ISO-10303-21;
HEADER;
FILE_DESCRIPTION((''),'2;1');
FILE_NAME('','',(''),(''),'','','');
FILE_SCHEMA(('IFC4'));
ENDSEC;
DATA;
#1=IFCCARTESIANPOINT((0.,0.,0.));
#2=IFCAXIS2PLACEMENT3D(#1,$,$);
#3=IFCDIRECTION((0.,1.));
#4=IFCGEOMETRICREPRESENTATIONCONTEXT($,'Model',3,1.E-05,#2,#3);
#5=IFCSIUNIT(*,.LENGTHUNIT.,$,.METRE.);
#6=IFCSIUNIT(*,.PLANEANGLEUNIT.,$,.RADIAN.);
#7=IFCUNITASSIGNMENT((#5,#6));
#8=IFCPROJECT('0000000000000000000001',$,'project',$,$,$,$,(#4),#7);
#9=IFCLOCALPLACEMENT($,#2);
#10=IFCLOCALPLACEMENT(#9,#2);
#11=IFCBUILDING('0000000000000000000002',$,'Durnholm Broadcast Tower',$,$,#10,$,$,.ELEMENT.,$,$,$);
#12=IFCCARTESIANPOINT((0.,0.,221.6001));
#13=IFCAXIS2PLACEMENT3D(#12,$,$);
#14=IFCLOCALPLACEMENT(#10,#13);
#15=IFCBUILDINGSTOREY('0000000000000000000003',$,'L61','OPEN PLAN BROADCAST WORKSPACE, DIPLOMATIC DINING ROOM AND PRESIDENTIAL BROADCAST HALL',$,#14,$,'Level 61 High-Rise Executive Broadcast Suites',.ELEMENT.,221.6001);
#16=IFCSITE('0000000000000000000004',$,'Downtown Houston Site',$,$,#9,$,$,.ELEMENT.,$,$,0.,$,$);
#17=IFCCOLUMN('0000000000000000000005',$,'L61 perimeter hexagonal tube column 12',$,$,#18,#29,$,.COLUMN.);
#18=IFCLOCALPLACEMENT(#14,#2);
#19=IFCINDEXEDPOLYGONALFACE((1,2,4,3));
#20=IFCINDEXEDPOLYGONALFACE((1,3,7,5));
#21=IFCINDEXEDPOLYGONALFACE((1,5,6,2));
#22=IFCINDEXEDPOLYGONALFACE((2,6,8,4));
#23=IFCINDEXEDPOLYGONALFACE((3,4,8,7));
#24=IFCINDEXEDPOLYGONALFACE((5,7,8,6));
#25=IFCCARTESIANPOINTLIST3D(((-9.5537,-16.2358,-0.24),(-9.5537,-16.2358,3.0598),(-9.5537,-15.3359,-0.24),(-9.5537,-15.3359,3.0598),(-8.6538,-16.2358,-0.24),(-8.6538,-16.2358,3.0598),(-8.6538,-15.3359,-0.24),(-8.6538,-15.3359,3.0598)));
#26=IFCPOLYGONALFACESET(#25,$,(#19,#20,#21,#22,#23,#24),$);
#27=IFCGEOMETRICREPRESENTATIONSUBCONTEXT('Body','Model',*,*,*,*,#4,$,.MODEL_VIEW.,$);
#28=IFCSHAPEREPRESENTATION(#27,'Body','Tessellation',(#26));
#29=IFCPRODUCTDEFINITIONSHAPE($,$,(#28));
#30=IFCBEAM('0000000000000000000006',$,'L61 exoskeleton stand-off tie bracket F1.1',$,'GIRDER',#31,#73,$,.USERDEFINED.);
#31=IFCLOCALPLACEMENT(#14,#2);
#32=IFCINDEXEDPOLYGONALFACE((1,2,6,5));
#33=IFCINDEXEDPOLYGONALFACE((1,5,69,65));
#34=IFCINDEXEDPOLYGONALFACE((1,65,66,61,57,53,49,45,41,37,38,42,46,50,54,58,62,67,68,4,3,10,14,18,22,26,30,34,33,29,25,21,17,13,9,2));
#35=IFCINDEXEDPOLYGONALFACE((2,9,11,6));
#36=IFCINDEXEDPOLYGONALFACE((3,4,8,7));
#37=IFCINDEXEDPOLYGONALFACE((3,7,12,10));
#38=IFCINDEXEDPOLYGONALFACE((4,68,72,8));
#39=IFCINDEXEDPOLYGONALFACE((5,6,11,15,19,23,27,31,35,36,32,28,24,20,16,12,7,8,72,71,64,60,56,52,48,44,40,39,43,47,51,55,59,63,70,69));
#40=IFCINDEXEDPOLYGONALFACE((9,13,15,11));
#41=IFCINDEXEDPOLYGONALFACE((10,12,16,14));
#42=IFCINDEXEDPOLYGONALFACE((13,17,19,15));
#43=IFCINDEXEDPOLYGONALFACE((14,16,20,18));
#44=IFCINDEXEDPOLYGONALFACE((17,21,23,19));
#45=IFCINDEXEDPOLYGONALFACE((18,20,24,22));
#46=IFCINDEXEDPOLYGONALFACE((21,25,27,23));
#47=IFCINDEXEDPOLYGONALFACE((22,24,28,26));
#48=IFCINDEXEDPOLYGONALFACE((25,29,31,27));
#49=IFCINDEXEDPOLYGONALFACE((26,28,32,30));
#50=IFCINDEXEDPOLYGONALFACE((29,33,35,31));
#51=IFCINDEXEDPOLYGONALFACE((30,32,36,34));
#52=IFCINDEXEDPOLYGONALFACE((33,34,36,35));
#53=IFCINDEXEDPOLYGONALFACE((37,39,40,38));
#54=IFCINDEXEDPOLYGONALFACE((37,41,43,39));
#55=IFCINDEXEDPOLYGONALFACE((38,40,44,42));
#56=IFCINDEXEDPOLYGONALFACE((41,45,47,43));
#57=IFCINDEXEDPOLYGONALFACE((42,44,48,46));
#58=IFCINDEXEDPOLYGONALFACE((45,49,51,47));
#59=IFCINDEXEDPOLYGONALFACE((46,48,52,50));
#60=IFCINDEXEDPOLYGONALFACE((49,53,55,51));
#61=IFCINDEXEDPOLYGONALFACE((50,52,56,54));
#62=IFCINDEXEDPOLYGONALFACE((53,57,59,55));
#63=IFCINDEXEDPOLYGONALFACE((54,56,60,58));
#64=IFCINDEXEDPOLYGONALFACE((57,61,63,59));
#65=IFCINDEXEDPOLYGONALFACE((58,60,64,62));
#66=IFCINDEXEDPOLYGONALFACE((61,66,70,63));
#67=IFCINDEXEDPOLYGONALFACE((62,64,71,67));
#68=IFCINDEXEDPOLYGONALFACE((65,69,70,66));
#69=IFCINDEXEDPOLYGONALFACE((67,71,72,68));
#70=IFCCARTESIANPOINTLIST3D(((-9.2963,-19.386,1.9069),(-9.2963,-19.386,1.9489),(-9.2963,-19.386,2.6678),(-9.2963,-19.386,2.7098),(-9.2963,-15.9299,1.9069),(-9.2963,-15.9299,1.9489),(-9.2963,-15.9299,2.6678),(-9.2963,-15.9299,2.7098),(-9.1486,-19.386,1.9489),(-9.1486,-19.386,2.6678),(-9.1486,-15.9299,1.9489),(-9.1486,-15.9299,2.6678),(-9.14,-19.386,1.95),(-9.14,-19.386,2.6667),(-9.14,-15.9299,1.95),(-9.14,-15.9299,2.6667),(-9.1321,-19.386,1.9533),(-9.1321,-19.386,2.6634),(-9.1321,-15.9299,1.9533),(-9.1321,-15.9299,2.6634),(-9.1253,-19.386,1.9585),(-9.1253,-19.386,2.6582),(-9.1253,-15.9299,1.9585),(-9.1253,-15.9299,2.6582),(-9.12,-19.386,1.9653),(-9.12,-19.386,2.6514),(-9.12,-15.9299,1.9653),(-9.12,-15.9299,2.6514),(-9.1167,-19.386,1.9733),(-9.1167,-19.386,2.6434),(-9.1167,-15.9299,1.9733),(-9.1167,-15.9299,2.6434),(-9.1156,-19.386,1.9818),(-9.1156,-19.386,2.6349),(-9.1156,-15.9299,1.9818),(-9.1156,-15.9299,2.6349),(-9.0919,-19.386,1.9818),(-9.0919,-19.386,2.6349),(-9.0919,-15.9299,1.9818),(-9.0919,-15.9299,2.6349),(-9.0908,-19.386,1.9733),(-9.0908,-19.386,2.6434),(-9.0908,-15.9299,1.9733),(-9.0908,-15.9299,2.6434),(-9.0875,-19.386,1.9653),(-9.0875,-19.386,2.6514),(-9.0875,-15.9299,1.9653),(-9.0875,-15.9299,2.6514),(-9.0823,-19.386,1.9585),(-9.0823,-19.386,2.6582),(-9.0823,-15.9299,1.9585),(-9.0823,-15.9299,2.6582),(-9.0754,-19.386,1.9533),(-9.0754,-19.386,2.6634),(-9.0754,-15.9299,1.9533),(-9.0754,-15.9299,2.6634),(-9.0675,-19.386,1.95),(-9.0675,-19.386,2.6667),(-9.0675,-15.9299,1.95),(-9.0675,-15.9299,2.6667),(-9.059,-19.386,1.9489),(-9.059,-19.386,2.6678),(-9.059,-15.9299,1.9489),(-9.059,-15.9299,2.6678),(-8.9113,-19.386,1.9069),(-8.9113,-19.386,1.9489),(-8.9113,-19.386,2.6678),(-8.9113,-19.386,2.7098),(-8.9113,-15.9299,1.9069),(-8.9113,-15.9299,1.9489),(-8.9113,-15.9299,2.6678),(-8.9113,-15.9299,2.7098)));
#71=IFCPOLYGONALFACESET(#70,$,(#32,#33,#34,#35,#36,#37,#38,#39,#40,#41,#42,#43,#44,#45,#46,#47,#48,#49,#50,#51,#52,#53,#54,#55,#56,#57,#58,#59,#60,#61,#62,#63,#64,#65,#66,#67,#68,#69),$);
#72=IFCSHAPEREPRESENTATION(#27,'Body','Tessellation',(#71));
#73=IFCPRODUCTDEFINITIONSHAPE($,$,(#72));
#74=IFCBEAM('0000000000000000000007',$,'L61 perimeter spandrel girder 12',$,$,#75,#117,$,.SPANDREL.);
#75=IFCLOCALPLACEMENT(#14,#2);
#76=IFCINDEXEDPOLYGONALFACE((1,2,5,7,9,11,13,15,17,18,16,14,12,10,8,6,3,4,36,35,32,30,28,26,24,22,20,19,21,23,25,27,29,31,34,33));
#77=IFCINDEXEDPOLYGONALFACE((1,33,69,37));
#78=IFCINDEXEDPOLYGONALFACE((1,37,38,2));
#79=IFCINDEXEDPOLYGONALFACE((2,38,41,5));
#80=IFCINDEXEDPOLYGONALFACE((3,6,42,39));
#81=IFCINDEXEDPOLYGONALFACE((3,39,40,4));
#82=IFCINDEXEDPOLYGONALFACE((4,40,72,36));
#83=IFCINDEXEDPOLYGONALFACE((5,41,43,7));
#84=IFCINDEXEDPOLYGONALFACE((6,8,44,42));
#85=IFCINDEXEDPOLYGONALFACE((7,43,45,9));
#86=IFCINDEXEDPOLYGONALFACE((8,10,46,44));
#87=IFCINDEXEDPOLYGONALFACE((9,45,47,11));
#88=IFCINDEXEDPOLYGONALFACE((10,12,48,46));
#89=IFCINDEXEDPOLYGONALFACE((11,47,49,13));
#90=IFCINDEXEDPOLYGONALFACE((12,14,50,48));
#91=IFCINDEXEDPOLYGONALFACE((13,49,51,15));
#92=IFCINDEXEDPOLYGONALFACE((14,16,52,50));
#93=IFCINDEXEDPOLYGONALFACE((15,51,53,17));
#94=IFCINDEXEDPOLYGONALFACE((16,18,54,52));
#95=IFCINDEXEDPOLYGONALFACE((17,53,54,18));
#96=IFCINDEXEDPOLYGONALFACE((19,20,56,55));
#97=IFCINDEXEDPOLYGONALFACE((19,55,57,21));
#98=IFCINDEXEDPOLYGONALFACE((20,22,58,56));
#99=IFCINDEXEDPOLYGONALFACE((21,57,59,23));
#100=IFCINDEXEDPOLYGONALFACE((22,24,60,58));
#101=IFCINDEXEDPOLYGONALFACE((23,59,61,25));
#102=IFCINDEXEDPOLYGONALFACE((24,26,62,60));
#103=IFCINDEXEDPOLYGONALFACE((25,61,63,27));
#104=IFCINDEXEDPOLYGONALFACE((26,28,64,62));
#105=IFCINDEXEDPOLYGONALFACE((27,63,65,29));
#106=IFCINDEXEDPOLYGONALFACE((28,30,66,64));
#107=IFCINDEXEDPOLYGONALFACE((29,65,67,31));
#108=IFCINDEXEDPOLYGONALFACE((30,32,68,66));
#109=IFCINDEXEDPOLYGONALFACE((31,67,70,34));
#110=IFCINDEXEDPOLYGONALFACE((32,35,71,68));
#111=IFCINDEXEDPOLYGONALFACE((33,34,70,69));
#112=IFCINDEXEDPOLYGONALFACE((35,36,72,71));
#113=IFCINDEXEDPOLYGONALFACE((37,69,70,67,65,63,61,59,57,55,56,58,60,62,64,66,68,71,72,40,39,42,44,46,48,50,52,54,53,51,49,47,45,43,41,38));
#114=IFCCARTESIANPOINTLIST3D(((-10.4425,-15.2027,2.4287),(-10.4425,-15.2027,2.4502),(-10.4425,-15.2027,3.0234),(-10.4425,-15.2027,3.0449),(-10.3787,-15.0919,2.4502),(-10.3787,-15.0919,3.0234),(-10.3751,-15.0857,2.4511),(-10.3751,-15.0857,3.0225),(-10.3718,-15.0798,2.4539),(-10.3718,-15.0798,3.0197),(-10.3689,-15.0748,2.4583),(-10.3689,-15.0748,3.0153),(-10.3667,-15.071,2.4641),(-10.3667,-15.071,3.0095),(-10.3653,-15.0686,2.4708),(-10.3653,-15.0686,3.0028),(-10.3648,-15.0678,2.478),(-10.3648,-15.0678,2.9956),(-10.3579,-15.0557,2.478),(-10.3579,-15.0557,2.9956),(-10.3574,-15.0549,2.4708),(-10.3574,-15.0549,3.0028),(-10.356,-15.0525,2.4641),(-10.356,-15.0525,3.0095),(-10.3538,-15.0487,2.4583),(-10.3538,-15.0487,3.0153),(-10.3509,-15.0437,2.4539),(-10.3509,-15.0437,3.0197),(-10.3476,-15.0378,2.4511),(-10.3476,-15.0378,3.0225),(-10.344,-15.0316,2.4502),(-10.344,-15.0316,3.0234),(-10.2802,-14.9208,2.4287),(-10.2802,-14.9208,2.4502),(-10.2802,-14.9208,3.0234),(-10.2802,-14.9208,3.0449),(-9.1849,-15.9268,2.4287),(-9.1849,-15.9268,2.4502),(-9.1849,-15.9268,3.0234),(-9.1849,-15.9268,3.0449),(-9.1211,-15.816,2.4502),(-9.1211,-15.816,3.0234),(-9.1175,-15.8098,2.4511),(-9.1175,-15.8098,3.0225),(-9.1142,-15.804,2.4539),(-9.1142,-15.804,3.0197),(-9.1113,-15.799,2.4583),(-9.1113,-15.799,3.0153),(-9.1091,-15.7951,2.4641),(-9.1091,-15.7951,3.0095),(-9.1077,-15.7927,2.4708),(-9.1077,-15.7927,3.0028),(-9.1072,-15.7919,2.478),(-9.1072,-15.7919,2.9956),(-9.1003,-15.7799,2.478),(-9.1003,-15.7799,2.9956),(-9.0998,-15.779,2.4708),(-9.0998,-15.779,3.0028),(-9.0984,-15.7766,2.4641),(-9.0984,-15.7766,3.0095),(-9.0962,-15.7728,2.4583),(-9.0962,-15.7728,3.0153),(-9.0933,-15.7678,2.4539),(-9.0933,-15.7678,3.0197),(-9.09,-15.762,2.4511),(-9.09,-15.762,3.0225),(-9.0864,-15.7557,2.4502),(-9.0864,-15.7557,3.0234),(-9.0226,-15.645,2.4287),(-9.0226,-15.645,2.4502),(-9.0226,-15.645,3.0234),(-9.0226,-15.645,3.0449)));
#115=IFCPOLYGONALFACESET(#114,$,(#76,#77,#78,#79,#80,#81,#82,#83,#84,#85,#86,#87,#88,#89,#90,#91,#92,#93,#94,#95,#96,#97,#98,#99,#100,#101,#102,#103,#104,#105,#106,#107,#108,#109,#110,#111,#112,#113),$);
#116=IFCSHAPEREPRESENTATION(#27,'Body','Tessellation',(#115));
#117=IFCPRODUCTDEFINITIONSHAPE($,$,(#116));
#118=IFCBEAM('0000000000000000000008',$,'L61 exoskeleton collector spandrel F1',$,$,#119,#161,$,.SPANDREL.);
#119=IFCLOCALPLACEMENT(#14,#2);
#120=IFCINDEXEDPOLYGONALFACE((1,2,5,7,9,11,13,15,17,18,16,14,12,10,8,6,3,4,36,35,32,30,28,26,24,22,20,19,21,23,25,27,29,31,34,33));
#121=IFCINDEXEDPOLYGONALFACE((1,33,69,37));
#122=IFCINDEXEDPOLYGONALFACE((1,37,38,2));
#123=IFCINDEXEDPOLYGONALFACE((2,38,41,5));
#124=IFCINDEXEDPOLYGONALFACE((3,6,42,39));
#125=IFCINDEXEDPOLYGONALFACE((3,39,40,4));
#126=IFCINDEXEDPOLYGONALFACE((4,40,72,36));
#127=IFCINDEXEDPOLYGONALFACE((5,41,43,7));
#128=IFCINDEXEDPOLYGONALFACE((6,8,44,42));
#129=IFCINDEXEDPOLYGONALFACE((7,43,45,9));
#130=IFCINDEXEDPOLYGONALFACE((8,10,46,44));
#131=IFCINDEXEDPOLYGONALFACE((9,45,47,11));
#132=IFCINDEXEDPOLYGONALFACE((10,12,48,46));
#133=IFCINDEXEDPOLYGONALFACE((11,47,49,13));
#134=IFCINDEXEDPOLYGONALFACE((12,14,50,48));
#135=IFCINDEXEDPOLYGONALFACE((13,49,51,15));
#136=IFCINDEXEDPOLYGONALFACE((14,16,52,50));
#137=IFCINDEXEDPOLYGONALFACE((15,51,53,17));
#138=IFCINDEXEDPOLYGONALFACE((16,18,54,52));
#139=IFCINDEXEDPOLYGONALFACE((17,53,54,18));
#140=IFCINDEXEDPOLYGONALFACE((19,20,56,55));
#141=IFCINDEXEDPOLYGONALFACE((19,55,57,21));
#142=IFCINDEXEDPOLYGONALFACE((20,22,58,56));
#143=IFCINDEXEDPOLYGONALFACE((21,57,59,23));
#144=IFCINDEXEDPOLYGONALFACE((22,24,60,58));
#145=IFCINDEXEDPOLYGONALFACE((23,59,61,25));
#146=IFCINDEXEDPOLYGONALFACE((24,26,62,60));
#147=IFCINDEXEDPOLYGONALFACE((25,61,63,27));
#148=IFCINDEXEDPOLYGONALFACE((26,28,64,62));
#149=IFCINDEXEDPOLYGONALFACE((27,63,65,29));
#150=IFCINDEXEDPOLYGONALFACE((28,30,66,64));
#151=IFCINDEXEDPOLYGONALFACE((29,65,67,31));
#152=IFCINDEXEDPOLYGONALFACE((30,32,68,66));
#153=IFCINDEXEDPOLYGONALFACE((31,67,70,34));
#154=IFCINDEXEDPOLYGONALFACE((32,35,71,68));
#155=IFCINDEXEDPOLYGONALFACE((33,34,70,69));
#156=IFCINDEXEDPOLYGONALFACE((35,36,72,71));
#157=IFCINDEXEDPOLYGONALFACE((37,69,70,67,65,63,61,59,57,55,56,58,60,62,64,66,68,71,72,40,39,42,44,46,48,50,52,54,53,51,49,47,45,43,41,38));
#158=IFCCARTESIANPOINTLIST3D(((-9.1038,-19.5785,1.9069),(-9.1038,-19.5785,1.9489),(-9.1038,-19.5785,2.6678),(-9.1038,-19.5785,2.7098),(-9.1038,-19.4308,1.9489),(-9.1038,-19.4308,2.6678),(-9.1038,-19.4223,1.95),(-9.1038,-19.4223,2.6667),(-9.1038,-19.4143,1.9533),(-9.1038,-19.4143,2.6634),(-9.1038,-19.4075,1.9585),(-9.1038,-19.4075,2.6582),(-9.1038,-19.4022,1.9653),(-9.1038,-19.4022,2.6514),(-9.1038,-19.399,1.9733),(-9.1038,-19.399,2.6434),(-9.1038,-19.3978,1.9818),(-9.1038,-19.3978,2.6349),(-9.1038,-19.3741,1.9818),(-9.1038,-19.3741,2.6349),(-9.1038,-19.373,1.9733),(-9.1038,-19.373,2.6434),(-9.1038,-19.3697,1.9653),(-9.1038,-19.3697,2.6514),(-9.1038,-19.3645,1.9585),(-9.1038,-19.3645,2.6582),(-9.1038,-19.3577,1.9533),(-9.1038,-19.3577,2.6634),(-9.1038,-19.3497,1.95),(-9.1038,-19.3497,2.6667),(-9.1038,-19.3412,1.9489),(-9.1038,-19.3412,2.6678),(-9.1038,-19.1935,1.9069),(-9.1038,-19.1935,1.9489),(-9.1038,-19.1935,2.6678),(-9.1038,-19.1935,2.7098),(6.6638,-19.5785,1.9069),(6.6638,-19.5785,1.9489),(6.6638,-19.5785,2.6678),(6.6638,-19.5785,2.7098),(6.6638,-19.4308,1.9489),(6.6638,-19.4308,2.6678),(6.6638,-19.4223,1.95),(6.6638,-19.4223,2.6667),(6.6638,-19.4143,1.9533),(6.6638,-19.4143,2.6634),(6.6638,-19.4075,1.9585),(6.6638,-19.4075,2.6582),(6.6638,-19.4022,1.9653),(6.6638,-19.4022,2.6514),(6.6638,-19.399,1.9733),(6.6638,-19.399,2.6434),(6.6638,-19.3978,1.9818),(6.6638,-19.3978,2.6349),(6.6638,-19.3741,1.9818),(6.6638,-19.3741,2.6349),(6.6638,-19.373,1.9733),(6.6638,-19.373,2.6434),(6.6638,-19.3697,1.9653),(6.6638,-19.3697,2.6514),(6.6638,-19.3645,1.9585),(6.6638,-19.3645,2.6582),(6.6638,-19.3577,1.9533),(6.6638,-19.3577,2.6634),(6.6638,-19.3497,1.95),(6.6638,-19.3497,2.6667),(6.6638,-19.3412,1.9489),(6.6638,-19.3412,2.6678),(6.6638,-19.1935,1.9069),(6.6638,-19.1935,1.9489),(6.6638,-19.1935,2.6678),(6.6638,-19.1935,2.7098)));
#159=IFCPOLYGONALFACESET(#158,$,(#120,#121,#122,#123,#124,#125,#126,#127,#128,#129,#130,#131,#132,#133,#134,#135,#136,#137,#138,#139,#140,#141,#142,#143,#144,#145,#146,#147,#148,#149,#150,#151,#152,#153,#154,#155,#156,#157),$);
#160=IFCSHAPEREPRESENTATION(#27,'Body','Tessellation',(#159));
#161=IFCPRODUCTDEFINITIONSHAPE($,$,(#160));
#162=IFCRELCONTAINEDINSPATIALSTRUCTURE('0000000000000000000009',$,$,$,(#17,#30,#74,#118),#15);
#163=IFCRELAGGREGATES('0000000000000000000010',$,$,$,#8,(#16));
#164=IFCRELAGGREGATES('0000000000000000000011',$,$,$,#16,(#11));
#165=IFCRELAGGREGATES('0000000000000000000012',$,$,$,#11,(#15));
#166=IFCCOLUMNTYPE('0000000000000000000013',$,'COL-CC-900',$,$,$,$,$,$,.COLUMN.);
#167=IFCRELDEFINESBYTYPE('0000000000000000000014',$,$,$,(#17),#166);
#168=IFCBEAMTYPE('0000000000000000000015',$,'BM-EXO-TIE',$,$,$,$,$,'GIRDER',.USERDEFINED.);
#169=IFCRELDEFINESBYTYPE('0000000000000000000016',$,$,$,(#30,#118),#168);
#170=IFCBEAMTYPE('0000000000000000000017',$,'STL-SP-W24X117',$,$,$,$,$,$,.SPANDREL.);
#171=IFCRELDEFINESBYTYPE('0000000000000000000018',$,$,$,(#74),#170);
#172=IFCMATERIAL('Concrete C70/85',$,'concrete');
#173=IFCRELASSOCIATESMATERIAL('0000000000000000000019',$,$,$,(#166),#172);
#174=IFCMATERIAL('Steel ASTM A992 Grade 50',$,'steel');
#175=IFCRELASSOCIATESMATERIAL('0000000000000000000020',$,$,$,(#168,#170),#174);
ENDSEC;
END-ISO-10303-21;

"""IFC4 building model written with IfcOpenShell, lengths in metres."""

from ifc_helpers import new_model, si_unit, direction, frame, origin, origin_2d, place, context, subcontext, project, spatial, rectangle, i_section, extrude, source, transform, mapped, material, material_profile, profile_set, type_object, type_shapes, element, save


model = new_model("IFC4")

# Units and contexts
model_context = context("Model", 3, precision=1e-05, world=origin(), true_north=direction((0.0, 1.0)))
body_context = subcontext(model_context, "Body", "Model", "MODEL_VIEW")
ifc_project = project(units=[si_unit("LENGTHUNIT", "METRE"), si_unit("PLANEANGLEUNIT", "RADIAN")], contexts=[model_context])

# Site, building, storey
site_placement = place(None, origin())
site = spatial("IfcSite", under=ifc_project, at=site_placement, Name="Downtown Houston Site", CompositionType="ELEMENT", RefElevation=0.0)
building_placement = place(site_placement, origin())
building = spatial("IfcBuilding", under=site, at=building_placement, Name="Durnholm Broadcast Tower", CompositionType="ELEMENT")
storey_placement = place(building_placement, frame((0.0, 0.0, 221.6001)))
storey = spatial("IfcBuildingStorey", under=building, at=storey_placement, Name="L61", Description="OPEN PLAN BROADCAST WORKSPACE, DIPLOMATIC DINING ROOM AND PRESIDENTIAL BROADCAST HALL", LongName="Level 61 High-Rise Executive Broadcast Suites", CompositionType="ELEMENT", Elevation=221.6001)

# Column
ifc_material_1 = material(Name="Concrete C70/85", Category="concrete")
ifc_material_profile_1 = material_profile(ifc_material_1, rectangle(XDim=0.8999, YDim=0.8999, at=origin_2d()), Name="RC900X900")
ifc_profile_set_1 = profile_set([ifc_material_profile_1], Name="Concrete C70/85")
column_type = type_object("IfcColumnType", Name="COL-CC-900", PredefinedType="COLUMN", material=ifc_profile_set_1)
shared_shape_1 = source(origin(), body_context, "Body", "SweptSolid", [
    extrude(rectangle(XDim=0.8999, YDim=0.8999, at=origin_2d()), origin(), (0.0, 0.0, 1.0), 3.2998),
])
type_shapes(column_type, [shared_shape_1])
column_placement = place(storey_placement, frame((-9.1038, -15.7859, -0.24), z_axis=(0.0, 0.0, 1.0), x_axis=(1.0, 0.0, 0.0)))
element("IfcColumn", 1, at=column_placement, inside=storey, type_object=column_type, Name="L61 perimeter hexagonal tube column 12", PredefinedType="COLUMN", context=body_context, shape_type="MappedRepresentation", body=[
    mapped(shared_shape_1, transform((0.0, 0.0, 0.0), x_axis=(1.0, 0.0, 0.0), y_axis=(0.0, 1.0, 0.0), z_axis=(0.0, 0.0, 1.0), scale=1.0)),
])

# Beams
ifc_material_2 = material(Name="Steel ASTM A992 Grade 50", Category="steel")
ifc_material_profile_2 = material_profile(ifc_material_2, i_section(OverallWidth=0.385, OverallDepth=0.803, WebThickness=0.0237, FlangeThickness=0.042, FilletRadius=0.033, at=origin_2d()), Name="W30X261")
ifc_profile_set_2 = profile_set([ifc_material_profile_2], Name="Steel ASTM A992 Grade 50")
beam_type_1 = type_object("IfcBeamType", Name="BM-EXO-TIE", ElementType="GIRDER", PredefinedType="USERDEFINED", material=ifc_profile_set_2)
shared_shape_2 = source(origin(), body_context, "Body", "SweptSolid", [
    extrude(i_section(OverallWidth=0.385, OverallDepth=0.803, WebThickness=0.0237, FlangeThickness=0.042, FilletRadius=0.033, at=origin_2d()), origin(), (0.0, 0.0, 1.0), 3.4561),
])
beam_1_placement = place(storey_placement, frame((-9.1038, -15.9299, 2.3083), z_axis=(0.0, -1.0, 0.0), x_axis=(1.0, 0.0, 0.0)))
element("IfcBeam", 2, at=beam_1_placement, inside=storey, type_object=beam_type_1, Name="L61 exoskeleton stand-off tie bracket F1.1", ObjectType="GIRDER", PredefinedType="USERDEFINED", context=body_context, shape_type="MappedRepresentation", body=[
    mapped(shared_shape_2, transform((0.0, 0.0, 0.0), x_axis=(1.0, 0.0, 0.0), y_axis=(0.0, 1.0, 0.0), z_axis=(0.0, 0.0, 1.0), scale=1.0)),
])
ifc_material_profile_3 = material_profile(ifc_material_2, i_section(OverallWidth=0.3252, OverallDepth=0.6162, WebThickness=0.0139, FlangeThickness=0.0215, FilletRadius=0.0278, at=origin_2d()), Name="W24X117")
ifc_profile_set_3 = profile_set([ifc_material_profile_3], Name="Steel ASTM A992 Grade 50")
beam_type_2 = type_object("IfcBeamType", Name="STL-SP-W24X117", PredefinedType="SPANDREL", material=ifc_profile_set_3)
shared_shape_3 = source(origin(), body_context, "Body", "SweptSolid", [
    extrude(i_section(OverallWidth=0.3252, OverallDepth=0.6162, WebThickness=0.0139, FlangeThickness=0.0215, FilletRadius=0.0278, at=origin_2d()), origin(), (0.0, 0.0, 1.0), 1.4512),
])
type_shapes(beam_type_2, [shared_shape_3])
beam_2_placement = place(storey_placement, frame((-9.1038, -15.7859, 2.7368), z_axis=(-0.866603, 0.498999, 0.0), x_axis=(-0.498999, -0.866603, 0.0)))
element("IfcBeam", 3, at=beam_2_placement, inside=storey, type_object=beam_type_2, Name="L61 perimeter spandrel girder 12", PredefinedType="SPANDREL", context=body_context, shape_type="MappedRepresentation", body=[
    mapped(shared_shape_3, transform((0.0, 0.0, 0.0), x_axis=(1.0, 0.0, 0.0), y_axis=(0.0, 1.0, 0.0), z_axis=(0.0, 0.0, 1.0), scale=1.0)),
])
shared_shape_4 = source(origin(), body_context, "Body", "SweptSolid", [
    extrude(i_section(OverallWidth=0.385, OverallDepth=0.803, WebThickness=0.0237, FlangeThickness=0.042, FilletRadius=0.033, at=origin_2d()), origin(), (0.0, 0.0, 1.0), 15.7676),
])
type_shapes(beam_type_1, [shared_shape_2, shared_shape_4])
beam_3_placement = place(storey_placement, frame((-9.1038, -19.386, 2.3083), z_axis=(1.0, 0.0, 0.0), x_axis=(0.0, 1.0, 0.0)))
element("IfcBeam", 4, at=beam_3_placement, inside=storey, type_object=beam_type_1, Name="L61 exoskeleton collector spandrel F1", PredefinedType="SPANDREL", context=body_context, shape_type="MappedRepresentation", body=[
    mapped(shared_shape_4, transform((0.0, 0.0, 0.0), x_axis=(1.0, 0.0, 0.0), y_axis=(0.0, 1.0, 0.0), z_axis=(0.0, 0.0, 1.0), scale=1.0)),
])

save(model, "model.ifc")
